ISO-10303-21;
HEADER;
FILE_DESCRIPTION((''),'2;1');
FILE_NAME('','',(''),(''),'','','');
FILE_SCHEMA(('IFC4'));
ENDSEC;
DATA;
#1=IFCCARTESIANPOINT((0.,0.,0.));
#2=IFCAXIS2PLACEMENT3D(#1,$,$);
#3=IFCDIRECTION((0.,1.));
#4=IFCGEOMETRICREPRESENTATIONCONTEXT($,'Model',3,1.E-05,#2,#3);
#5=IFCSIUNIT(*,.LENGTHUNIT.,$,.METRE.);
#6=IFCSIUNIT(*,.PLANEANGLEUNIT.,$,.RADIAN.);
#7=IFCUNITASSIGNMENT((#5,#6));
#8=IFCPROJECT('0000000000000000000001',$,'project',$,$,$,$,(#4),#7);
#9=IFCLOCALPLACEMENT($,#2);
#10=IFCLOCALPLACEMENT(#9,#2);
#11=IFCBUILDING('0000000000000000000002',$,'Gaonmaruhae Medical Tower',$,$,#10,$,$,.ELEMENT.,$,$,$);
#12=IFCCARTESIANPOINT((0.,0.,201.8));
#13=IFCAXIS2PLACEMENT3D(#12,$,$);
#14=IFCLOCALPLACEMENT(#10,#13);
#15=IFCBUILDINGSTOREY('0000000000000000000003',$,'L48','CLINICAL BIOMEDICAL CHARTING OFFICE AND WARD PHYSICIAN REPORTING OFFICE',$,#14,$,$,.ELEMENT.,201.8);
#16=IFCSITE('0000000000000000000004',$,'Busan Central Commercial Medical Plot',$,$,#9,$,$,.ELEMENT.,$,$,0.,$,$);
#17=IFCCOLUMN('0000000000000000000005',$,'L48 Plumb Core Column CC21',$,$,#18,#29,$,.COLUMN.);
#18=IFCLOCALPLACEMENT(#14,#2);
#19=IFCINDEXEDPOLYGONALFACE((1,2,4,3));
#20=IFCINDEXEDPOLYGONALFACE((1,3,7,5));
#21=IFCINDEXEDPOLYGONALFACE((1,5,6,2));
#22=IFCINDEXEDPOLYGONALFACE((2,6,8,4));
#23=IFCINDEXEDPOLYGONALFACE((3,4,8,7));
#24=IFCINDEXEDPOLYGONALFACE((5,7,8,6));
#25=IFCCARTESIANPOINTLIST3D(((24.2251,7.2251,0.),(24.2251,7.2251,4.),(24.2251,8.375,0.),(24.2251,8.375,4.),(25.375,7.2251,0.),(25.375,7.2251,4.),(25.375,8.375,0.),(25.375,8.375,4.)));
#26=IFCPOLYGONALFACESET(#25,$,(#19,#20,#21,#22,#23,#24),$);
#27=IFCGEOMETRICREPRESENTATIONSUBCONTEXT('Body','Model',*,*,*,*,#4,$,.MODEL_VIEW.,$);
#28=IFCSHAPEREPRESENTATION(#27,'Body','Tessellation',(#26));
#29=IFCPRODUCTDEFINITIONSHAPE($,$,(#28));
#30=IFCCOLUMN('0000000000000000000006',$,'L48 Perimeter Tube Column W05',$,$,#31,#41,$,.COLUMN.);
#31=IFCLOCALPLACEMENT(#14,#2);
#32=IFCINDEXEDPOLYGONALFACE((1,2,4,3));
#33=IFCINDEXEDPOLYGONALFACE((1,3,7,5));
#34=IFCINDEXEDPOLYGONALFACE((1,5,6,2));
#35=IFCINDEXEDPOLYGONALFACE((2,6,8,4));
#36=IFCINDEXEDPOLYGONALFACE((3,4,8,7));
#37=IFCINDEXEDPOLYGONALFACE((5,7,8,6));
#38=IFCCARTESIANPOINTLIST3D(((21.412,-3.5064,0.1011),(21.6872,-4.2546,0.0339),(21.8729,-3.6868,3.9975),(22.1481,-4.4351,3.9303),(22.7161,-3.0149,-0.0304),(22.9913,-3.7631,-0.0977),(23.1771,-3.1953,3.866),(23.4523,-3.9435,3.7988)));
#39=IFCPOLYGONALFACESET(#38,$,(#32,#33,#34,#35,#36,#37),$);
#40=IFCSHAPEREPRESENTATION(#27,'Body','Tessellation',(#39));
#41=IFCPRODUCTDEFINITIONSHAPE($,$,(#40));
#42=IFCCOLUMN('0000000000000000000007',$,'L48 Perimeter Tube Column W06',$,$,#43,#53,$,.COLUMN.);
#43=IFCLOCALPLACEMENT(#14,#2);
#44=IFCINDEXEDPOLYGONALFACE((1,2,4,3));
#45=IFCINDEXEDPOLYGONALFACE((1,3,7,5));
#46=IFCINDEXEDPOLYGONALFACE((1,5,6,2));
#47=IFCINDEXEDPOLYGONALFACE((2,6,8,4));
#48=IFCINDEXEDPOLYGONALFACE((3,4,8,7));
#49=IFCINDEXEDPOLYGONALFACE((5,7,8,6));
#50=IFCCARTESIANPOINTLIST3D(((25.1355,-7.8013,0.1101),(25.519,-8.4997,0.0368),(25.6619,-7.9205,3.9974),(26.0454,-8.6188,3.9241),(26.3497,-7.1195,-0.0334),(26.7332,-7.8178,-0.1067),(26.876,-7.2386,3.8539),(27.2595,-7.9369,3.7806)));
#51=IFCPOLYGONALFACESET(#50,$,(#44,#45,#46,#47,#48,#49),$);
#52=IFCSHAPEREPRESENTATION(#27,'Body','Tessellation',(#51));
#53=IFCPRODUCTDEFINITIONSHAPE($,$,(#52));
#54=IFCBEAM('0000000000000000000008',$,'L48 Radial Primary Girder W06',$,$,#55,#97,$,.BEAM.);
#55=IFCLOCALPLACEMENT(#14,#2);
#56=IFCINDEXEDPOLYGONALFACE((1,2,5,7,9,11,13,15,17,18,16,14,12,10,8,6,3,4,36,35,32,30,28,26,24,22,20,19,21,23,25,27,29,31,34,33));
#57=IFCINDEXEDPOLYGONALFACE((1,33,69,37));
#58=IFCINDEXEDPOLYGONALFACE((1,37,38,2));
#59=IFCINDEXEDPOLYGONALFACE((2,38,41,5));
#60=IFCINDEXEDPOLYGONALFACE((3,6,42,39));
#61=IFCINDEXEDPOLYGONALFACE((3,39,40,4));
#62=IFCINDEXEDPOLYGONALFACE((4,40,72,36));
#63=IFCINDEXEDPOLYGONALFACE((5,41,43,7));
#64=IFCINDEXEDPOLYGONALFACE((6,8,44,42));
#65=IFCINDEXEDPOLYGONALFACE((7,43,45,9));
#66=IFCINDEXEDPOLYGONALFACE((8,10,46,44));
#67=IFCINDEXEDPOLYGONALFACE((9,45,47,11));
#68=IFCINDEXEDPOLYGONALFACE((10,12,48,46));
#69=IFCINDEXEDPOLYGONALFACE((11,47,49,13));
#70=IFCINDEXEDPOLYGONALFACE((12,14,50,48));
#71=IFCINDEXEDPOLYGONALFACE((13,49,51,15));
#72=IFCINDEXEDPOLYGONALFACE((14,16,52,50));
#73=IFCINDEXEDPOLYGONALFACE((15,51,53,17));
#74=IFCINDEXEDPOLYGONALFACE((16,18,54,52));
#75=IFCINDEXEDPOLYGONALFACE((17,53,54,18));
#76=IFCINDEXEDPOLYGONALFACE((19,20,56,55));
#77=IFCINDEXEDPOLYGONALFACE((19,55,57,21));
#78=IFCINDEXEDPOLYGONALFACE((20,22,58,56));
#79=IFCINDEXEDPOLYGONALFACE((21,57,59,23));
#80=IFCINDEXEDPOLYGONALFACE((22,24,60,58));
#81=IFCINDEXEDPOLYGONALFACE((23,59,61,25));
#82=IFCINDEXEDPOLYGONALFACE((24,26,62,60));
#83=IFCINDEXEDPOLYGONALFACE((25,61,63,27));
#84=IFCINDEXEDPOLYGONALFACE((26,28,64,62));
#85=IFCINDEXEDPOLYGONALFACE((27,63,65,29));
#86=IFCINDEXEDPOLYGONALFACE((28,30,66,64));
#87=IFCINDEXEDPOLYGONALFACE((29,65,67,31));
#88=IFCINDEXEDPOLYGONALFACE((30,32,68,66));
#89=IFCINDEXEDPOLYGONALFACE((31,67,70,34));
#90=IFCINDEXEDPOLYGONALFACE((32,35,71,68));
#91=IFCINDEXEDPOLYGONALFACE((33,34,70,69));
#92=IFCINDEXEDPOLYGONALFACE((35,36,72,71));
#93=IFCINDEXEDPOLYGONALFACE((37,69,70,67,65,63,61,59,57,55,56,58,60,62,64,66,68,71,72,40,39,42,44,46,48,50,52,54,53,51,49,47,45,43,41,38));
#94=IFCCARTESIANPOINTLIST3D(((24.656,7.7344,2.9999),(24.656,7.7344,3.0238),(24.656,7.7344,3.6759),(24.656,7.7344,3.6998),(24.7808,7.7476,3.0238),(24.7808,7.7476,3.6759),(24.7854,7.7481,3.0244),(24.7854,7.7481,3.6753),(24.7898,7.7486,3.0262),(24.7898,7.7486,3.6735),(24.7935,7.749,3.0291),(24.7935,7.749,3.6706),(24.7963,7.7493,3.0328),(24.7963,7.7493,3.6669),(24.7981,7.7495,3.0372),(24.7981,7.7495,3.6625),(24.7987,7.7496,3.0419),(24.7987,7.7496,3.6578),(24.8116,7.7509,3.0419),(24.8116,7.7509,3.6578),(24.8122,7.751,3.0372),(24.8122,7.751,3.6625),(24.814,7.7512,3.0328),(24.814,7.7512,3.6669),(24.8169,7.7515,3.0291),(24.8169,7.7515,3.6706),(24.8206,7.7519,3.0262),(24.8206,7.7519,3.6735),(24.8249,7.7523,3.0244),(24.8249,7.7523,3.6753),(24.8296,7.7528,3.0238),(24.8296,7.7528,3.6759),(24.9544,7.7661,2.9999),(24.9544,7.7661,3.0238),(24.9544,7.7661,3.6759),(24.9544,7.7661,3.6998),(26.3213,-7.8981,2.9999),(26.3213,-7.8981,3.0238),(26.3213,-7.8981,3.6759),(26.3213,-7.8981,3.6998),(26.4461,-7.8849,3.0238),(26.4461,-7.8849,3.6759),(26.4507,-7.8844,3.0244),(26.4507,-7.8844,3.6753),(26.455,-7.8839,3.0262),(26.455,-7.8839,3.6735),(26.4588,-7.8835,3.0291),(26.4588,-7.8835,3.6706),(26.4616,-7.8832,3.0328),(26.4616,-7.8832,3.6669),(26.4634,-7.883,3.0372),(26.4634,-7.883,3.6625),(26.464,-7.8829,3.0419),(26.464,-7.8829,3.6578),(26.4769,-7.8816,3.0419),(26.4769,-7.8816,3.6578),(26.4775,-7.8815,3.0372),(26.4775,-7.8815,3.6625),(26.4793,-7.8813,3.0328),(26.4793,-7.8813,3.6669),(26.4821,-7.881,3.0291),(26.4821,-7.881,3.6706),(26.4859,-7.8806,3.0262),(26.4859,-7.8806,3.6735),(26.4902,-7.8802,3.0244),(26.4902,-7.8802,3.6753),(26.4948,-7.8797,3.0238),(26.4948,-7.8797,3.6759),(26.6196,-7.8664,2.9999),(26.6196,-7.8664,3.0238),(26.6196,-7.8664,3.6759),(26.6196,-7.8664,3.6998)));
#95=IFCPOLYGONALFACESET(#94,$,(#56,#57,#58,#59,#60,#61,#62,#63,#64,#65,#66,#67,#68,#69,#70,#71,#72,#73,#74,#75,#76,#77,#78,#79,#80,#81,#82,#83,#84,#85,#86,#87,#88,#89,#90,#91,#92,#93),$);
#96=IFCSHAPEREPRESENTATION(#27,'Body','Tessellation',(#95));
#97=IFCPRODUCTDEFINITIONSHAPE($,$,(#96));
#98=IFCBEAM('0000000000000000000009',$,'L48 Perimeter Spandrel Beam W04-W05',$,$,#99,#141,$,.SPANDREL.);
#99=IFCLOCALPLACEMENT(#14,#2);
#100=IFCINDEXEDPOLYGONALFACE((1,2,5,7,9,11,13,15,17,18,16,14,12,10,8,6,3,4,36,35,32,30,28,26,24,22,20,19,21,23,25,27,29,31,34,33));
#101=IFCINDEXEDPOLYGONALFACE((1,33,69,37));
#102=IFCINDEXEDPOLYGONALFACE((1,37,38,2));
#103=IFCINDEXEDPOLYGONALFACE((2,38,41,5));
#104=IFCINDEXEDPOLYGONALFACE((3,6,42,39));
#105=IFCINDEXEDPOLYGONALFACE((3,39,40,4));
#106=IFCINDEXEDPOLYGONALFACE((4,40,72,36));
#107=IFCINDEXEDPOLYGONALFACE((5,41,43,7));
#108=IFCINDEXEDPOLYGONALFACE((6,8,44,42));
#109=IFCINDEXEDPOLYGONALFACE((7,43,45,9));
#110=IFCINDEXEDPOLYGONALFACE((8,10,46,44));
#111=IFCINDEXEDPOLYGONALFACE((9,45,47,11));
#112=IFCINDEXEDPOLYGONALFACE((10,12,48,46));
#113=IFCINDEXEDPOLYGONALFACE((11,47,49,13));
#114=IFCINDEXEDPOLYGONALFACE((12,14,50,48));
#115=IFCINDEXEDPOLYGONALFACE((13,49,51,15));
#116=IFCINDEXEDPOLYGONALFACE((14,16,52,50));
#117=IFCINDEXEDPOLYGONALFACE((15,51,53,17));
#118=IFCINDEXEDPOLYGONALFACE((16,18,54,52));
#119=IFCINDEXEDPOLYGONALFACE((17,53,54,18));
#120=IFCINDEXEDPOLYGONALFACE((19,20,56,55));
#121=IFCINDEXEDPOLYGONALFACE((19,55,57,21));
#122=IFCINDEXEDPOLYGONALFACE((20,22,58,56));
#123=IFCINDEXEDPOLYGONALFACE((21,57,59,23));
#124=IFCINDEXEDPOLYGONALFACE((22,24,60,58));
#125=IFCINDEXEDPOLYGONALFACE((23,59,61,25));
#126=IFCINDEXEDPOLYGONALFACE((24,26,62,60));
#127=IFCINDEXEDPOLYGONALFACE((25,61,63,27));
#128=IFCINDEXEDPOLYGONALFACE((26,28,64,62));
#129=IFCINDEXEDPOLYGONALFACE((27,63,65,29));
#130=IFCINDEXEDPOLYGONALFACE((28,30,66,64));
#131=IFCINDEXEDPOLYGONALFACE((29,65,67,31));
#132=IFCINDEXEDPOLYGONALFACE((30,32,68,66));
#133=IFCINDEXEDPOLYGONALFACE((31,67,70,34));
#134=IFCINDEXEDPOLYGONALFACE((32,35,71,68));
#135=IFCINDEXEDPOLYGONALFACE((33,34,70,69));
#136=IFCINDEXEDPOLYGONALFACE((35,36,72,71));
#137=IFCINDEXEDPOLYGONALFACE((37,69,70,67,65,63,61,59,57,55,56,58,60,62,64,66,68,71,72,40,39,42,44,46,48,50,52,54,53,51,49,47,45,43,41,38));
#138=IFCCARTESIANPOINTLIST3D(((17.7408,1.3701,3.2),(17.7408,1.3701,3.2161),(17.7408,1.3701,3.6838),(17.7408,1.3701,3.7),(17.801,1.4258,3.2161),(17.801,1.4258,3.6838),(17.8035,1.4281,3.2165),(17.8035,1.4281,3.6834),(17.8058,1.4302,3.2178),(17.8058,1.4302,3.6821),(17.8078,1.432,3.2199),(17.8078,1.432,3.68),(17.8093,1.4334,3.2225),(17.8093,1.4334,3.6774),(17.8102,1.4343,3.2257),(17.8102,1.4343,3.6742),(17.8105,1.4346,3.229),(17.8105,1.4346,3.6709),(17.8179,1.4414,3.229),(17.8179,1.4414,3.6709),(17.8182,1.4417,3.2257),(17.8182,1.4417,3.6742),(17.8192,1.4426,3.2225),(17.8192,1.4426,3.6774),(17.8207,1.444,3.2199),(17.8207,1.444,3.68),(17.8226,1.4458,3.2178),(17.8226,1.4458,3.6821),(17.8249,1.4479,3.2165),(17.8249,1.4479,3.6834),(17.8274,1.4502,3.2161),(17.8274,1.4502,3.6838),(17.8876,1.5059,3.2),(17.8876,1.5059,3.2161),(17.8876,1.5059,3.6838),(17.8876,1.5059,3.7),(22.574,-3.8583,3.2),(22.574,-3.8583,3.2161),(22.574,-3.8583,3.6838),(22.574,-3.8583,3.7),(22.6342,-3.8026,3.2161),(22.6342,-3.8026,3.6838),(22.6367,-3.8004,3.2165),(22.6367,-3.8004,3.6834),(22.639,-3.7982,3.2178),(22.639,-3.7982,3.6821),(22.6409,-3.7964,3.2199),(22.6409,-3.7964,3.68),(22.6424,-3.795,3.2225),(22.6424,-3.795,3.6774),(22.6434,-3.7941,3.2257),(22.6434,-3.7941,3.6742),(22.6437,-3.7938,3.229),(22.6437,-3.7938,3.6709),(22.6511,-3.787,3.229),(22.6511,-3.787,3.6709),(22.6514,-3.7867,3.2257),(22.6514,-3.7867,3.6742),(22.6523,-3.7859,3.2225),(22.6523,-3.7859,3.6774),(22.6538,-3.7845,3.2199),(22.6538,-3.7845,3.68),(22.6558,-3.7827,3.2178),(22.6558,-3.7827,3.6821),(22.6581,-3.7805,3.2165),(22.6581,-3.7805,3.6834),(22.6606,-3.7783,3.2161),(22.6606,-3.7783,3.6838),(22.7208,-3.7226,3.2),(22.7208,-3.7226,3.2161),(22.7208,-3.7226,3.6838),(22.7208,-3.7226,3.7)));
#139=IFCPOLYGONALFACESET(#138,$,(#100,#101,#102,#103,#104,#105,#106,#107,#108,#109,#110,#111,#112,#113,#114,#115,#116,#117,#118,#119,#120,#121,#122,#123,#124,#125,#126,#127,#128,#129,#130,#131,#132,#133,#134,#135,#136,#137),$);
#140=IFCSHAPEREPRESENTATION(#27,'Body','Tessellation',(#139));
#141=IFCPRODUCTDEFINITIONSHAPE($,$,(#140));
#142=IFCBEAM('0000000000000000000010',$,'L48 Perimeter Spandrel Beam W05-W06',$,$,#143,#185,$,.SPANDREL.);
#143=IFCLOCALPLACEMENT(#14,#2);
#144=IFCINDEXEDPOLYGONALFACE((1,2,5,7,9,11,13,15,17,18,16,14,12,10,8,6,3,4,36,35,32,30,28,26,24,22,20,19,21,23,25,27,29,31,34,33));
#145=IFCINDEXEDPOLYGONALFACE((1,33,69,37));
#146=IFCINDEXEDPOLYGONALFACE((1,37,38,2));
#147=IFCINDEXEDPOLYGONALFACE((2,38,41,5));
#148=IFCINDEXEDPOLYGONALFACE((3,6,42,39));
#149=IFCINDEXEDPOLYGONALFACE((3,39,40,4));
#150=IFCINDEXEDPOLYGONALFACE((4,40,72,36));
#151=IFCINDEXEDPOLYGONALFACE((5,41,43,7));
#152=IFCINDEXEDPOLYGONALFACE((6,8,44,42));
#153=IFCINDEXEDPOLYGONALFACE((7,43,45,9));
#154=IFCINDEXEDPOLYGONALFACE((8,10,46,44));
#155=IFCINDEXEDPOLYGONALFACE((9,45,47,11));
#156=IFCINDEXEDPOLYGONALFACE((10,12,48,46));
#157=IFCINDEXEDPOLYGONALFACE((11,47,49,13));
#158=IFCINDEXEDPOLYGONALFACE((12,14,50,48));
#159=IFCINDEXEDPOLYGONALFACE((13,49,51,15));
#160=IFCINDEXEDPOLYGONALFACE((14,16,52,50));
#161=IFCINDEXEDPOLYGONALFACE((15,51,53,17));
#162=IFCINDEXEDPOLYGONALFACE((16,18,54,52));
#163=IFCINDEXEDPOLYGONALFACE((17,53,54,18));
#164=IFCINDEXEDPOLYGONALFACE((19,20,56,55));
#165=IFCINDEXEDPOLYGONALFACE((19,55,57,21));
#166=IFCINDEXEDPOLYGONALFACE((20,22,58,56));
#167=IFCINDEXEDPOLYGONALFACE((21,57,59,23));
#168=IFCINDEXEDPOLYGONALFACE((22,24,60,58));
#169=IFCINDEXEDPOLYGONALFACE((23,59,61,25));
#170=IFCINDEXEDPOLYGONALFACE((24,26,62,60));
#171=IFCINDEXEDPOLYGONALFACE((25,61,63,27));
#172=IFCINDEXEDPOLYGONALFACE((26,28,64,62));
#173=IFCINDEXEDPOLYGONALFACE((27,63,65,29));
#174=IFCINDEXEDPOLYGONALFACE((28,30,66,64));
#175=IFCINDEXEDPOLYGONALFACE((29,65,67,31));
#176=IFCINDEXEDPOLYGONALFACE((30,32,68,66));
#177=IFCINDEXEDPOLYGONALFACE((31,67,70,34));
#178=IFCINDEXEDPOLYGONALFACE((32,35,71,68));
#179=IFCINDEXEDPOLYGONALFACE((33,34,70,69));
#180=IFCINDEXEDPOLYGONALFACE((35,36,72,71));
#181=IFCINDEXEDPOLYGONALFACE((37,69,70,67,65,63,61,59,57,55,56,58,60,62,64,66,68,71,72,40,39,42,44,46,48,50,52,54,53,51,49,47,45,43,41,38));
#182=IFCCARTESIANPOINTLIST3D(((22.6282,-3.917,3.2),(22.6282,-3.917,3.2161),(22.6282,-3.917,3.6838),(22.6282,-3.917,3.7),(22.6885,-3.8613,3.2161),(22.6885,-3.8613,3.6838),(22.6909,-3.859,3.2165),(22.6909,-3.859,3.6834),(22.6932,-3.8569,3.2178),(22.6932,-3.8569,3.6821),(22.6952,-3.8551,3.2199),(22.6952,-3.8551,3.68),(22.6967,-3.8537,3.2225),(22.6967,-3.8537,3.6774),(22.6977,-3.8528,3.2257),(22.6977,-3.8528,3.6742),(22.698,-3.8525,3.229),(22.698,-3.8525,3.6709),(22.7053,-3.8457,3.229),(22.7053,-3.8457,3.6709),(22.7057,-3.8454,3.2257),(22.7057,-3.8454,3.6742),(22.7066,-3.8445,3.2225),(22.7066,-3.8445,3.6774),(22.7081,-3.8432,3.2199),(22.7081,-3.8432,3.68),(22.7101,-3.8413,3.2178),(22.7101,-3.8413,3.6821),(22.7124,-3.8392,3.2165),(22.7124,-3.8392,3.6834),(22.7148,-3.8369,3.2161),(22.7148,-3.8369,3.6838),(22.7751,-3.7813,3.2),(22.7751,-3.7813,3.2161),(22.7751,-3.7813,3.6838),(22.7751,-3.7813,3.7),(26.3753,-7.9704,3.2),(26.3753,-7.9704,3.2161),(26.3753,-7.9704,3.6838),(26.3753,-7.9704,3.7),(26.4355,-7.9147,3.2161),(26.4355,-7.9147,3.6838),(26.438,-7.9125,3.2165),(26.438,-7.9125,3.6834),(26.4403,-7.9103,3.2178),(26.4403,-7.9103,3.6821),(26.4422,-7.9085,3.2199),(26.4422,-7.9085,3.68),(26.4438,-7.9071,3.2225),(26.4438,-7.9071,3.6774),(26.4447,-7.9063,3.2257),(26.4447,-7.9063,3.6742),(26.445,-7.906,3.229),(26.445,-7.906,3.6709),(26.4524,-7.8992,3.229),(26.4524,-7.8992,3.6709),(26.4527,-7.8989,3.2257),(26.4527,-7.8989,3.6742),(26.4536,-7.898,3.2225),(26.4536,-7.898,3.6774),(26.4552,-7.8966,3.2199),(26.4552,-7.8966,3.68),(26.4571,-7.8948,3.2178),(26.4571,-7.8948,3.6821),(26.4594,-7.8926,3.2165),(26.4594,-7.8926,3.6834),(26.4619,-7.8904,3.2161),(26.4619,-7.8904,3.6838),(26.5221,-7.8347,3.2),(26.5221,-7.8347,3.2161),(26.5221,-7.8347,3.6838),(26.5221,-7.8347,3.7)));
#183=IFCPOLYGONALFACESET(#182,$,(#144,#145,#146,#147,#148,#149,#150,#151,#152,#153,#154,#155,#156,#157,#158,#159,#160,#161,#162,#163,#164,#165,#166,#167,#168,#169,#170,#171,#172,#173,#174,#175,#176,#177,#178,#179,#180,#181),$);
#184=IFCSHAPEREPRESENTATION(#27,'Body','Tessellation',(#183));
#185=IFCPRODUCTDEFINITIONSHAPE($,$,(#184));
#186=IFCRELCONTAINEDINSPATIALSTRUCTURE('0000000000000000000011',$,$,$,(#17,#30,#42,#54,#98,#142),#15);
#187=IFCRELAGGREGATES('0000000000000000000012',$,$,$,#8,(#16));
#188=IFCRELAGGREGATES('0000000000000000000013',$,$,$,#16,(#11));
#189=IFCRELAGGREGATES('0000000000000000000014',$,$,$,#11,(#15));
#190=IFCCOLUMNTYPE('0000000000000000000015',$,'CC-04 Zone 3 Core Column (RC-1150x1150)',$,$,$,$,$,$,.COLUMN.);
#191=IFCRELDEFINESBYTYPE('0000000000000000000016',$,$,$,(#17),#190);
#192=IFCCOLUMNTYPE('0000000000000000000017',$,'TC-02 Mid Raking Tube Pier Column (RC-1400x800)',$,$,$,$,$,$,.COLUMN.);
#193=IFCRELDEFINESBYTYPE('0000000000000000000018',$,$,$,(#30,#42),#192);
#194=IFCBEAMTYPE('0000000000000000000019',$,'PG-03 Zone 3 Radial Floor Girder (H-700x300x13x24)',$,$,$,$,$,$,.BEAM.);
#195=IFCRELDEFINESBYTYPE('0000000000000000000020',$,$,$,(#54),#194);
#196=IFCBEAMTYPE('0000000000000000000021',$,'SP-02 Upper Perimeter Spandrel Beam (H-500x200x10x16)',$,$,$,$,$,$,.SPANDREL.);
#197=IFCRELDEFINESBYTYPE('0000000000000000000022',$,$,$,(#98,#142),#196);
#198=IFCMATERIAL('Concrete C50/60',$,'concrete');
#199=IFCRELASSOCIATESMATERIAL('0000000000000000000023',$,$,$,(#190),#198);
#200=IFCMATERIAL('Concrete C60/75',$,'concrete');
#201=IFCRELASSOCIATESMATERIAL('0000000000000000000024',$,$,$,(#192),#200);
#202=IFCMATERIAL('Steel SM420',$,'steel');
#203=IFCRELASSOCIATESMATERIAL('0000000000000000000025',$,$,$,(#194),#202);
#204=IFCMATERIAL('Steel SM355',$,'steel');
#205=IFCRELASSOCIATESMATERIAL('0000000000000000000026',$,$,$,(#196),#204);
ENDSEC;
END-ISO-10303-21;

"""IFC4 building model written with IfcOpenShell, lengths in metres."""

from ifc_helpers import new_model, si_unit, direction, frame, origin, origin_2d, place, context, subcontext, project, spatial, rectangle, i_section, extrude, material, material_profile, profile_set, type_object, element, save


model = new_model("IFC4")

# Units and contexts
model_context = context("Model", 3, precision=1e-05, world=origin(), true_north=direction((0.0, 1.0)))
body_context = subcontext(model_context, "Body", "Model", "MODEL_VIEW")
ifc_project = project(units=[si_unit("LENGTHUNIT", "METRE"), si_unit("PLANEANGLEUNIT", "RADIAN")], contexts=[model_context])

# Site, building, storey
site_placement = place(None, origin())
site = spatial("IfcSite", under=ifc_project, at=site_placement, Name="Busan Central Commercial Medical Plot", CompositionType="ELEMENT", RefElevation=0.0)
building_placement = place(site_placement, origin())
building = spatial("IfcBuilding", under=site, at=building_placement, Name="Gaonmaruhae Medical Tower", CompositionType="ELEMENT")
storey_placement = place(building_placement, frame((0.0, 0.0, 201.8)))
storey = spatial("IfcBuildingStorey", under=building, at=storey_placement, Name="L48", Description="CLINICAL BIOMEDICAL CHARTING OFFICE AND WARD PHYSICIAN REPORTING OFFICE", CompositionType="ELEMENT", Elevation=201.8)

# Columns
ifc_material_1 = material(Name="Concrete C50/60", Category="concrete")
ifc_material_profile_1 = material_profile(ifc_material_1, rectangle(XDim=1.1499, YDim=1.1499, at=origin_2d()), Name="RC-1150x1150")
ifc_profile_set_1 = profile_set([ifc_material_profile_1], Name="Concrete C50/60")
column_type_1 = type_object("IfcColumnType", Name="CC-04 Zone 3 Core Column (RC-1150x1150)", PredefinedType="COLUMN", material=ifc_profile_set_1)
column_1_placement = place(storey_placement, frame((24.8, 7.8, 0.0), z_axis=(0.0, 0.0, 1.0), x_axis=(1.0, 0.0, 0.0)))
element("IfcColumn", 1, at=column_1_placement, inside=storey, type_object=column_type_1, Name="L48 Plumb Core Column CC21", PredefinedType="COLUMN", context=body_context, shape_type="SweptSolid", body=[
    extrude(rectangle(XDim=1.1499, YDim=1.1499, at=origin_2d()), origin(), (0.0, 0.0, 1.0), 4.0),
])
ifc_material_2 = material(Name="Concrete C60/75", Category="concrete")
ifc_material_profile_2 = material_profile(ifc_material_2, rectangle(XDim=1.3999, YDim=0.8, at=origin_2d()), Name="RC-1400x800")
ifc_profile_set_2 = profile_set([ifc_material_profile_2], Name="Concrete C60/75")
column_type_2 = type_object("IfcColumnType", Name="TC-02 Mid Raking Tube Pier Column (RC-1400x800)", PredefinedType="COLUMN", material=ifc_profile_set_2)
column_2_placement = place(storey_placement, frame((22.2017, -3.6348, 0.0017), z_axis=(0.117353, -0.045934, 0.992027), x_axis=(-0.931603, -0.351125, 0.093946)))
element("IfcColumn", 2, at=column_2_placement, inside=storey, type_object=column_type_2, Name="L48 Perimeter Tube Column W05", PredefinedType="COLUMN", context=body_context, shape_type="SweptSolid", body=[
    extrude(rectangle(XDim=1.3999, YDim=0.8, at=origin_2d()), origin(), (0.0, 0.0, 1.0), 3.9277),
])
column_3_placement = place(storey_placement, frame((25.9343, -7.8096, 0.0017), z_axis=(0.134124, -0.030358, 0.990499), x_axis=(-0.86732, -0.487079, 0.102515)))
element("IfcColumn", 3, at=column_3_placement, inside=storey, type_object=column_type_2, Name="L48 Perimeter Tube Column W06", PredefinedType="COLUMN", context=body_context, shape_type="SweptSolid", body=[
    extrude(rectangle(XDim=1.3999, YDim=0.8, at=origin_2d()), origin(), (0.0, 0.0, 1.0), 3.9246),
])

# Beams
ifc_material_3 = material(Name="Steel SM420", Category="steel")
ifc_material_profile_3 = material_profile(ifc_material_3, i_section(OverallWidth=0.3, OverallDepth=0.7, WebThickness=0.0129, FlangeThickness=0.0239, FilletRadius=0.0181, at=origin_2d()), Name="H-700x300x13x24")
ifc_profile_set_3 = profile_set([ifc_material_profile_3], Name="Steel SM420")
beam_type_1 = type_object("IfcBeamType", Name="PG-03 Zone 3 Radial Floor Girder (H-700x300x13x24)", PredefinedType="BEAM", material=ifc_profile_set_3)
beam_1_placement = place(storey_placement, frame((24.8052, 7.7502, 3.3499), z_axis=(0.105927, -0.994374, 0.0), x_axis=(0.994374, 0.105927, 0.0)))
element("IfcBeam", 4, at=beam_1_placement, inside=storey, type_object=beam_type_1, Name="L48 Radial Primary Girder W06", PredefinedType="BEAM", context=body_context, shape_type="SweptSolid", body=[
    extrude(i_section(OverallWidth=0.3, OverallDepth=0.7, WebThickness=0.0129, FlangeThickness=0.0239, FilletRadius=0.0181, at=origin_2d()), origin(), (0.0, 0.0, 1.0), 15.7209),
])
ifc_material_4 = material(Name="Steel SM355", Category="steel")
ifc_material_profile_4 = material_profile(ifc_material_4, i_section(OverallWidth=0.2, OverallDepth=0.5, WebThickness=0.01, FlangeThickness=0.0161, FilletRadius=0.0129, at=origin_2d()), Name="H-500x200x10x16")
ifc_profile_set_4 = profile_set([ifc_material_profile_4], Name="Steel SM355")
beam_type_2 = type_object("IfcBeamType", Name="SP-02 Upper Perimeter Spandrel Beam (H-500x200x10x16)", PredefinedType="SPANDREL", material=ifc_profile_set_4)
beam_2_placement = place(storey_placement, frame((17.8142, 1.438, 3.45), z_axis=(0.678805, -0.734318, 0.0), x_axis=(0.734318, 0.678805, 0.0)))
element("IfcBeam", 5, at=beam_2_placement, inside=storey, type_object=beam_type_2, Name="L48 Perimeter Spandrel Beam W04-W05", PredefinedType="SPANDREL", context=body_context, shape_type="SweptSolid", body=[
    extrude(i_section(OverallWidth=0.2, OverallDepth=0.5, WebThickness=0.01, FlangeThickness=0.0161, FilletRadius=0.0129, at=origin_2d()), origin(), (0.0, 0.0, 1.0), 7.1201),
])
beam_3_placement = place(storey_placement, frame((22.7017, -3.8491, 3.45), z_axis=(0.678809, -0.734315, 0.0), x_axis=(0.734315, 0.678809, 0.0)))
element("IfcBeam", 6, at=beam_3_placement, inside=storey, type_object=beam_type_2, Name="L48 Perimeter Spandrel Beam W05-W06", PredefinedType="SPANDREL", context=body_context, shape_type="SweptSolid", body=[
    extrude(i_section(OverallWidth=0.2, OverallDepth=0.5, WebThickness=0.01, FlangeThickness=0.0161, FilletRadius=0.0129, at=origin_2d()), origin(), (0.0, 0.0, 1.0), 5.52),
])

save(model, "model.ifc")
